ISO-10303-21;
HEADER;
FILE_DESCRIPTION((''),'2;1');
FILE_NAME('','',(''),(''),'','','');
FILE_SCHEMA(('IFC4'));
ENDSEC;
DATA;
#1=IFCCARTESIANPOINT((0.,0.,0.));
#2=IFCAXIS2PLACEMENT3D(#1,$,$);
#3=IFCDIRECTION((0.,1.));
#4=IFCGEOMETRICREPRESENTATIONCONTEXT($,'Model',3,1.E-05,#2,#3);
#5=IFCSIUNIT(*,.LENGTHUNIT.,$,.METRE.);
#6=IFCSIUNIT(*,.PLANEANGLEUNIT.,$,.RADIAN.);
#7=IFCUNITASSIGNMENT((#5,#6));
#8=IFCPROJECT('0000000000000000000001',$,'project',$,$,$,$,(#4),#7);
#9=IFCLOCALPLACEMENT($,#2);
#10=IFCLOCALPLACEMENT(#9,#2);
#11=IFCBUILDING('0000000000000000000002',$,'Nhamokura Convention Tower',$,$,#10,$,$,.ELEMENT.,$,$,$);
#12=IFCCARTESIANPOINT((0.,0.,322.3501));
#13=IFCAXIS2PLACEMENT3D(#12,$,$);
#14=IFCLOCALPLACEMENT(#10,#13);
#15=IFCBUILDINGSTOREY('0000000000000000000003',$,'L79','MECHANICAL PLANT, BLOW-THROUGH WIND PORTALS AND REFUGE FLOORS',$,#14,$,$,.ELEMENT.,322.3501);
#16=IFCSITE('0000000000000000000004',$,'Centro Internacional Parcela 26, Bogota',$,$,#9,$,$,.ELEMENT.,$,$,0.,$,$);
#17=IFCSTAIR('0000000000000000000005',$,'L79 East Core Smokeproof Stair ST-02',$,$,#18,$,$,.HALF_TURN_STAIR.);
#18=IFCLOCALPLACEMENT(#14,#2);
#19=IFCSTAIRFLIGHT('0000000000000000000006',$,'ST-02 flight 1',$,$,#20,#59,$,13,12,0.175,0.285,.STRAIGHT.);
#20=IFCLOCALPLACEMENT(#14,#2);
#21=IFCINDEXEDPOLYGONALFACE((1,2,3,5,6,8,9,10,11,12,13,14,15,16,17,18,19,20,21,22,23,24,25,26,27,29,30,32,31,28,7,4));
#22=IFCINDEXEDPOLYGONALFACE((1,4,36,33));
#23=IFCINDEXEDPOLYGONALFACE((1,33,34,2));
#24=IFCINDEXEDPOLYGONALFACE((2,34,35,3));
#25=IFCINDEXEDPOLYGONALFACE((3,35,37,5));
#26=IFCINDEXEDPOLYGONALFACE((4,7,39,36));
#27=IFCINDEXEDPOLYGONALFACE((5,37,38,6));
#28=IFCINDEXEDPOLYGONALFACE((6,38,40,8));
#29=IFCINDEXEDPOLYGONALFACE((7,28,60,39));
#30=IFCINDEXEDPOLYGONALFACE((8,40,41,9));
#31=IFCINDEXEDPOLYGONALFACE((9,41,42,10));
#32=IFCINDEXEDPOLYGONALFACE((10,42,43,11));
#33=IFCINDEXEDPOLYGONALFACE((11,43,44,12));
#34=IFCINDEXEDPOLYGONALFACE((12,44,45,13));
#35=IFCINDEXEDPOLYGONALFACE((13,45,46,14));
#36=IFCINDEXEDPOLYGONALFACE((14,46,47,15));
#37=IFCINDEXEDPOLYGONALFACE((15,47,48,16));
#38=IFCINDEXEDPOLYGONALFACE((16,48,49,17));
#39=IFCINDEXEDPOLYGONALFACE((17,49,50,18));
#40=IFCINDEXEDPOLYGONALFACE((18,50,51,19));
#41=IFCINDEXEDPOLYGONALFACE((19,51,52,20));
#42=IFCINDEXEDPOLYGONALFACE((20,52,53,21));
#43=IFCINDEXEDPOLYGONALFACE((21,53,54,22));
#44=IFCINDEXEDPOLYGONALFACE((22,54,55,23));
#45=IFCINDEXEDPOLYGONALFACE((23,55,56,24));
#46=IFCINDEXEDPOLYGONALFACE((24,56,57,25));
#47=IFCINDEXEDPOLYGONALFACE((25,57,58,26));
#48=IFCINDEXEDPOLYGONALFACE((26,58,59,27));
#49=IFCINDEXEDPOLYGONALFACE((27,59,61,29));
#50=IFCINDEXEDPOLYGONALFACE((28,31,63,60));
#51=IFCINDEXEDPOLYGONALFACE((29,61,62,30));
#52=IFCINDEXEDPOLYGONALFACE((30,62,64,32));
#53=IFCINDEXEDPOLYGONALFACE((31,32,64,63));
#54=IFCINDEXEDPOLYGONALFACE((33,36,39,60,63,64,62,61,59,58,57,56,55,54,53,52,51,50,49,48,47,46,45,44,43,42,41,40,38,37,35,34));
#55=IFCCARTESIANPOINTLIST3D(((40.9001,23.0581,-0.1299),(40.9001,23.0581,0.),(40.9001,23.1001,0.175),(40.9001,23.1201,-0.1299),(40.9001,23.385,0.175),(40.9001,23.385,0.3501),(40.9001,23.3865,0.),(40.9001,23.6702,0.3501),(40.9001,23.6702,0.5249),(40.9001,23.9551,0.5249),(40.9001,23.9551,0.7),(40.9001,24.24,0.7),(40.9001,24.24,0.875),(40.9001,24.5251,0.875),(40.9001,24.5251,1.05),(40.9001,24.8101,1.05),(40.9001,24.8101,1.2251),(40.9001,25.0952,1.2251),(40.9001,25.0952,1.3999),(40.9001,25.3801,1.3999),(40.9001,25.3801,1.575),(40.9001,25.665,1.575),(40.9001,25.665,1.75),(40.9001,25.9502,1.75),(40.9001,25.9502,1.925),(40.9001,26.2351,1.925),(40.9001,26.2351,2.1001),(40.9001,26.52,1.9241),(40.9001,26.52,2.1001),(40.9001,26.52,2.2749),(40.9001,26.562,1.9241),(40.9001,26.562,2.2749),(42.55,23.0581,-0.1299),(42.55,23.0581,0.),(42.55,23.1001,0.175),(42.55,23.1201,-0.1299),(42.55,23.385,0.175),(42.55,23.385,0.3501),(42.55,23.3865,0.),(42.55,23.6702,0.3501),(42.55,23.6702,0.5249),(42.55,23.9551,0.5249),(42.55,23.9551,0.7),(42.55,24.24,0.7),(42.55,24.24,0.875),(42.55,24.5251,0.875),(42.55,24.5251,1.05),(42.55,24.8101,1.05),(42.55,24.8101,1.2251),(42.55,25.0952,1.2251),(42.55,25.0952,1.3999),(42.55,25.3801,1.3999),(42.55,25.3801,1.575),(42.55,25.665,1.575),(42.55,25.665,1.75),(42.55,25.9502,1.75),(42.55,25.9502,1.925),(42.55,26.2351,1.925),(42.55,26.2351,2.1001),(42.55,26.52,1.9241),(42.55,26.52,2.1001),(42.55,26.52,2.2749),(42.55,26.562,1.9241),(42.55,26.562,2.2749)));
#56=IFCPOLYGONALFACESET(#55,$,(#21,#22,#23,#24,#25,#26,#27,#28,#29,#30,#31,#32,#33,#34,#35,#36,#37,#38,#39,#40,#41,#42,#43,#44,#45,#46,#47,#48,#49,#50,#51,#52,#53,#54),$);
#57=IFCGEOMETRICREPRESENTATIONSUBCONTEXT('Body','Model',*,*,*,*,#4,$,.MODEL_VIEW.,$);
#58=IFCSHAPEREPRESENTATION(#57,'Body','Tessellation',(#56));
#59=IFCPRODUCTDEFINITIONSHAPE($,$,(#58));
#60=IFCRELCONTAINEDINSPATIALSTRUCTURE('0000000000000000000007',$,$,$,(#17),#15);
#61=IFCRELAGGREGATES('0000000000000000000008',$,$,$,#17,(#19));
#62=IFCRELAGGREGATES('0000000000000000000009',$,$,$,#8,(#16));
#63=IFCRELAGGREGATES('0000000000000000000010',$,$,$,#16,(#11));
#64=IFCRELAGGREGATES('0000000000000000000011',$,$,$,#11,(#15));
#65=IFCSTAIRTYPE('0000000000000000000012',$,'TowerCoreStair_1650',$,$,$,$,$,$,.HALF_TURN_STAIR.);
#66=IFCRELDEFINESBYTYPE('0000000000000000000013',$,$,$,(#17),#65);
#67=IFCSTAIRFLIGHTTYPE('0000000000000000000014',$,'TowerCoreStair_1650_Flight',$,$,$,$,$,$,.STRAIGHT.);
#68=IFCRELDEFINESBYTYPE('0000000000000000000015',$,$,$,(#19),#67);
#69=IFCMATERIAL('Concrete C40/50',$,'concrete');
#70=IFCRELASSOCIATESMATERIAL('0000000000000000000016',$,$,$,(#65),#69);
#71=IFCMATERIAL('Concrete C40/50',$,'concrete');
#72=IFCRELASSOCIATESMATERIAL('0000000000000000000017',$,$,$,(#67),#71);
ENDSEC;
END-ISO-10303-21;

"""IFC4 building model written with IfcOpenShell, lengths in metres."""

from ifc_helpers import new_model, si_unit, direction, frame, origin, place, context, subcontext, project, spatial, polyline, outline, extrude, material, type_object, element, aggregate, save


model = new_model("IFC4")

# Units and contexts
model_context = context("Model", 3, precision=1e-05, world=origin(), true_north=direction((0.0, 1.0)))
body_context = subcontext(model_context, "Body", "Model", "MODEL_VIEW")
ifc_project = project(units=[si_unit("LENGTHUNIT", "METRE"), si_unit("PLANEANGLEUNIT", "RADIAN")], contexts=[model_context])

# Site, building, storey
site_placement = place(None, origin())
site = spatial("IfcSite", under=ifc_project, at=site_placement, Name="Centro Internacional Parcela 26, Bogota", CompositionType="ELEMENT", RefElevation=0.0)
building_placement = place(site_placement, origin())
building = spatial("IfcBuilding", under=site, at=building_placement, Name="Nhamokura Convention Tower", CompositionType="ELEMENT")
storey_placement = place(building_placement, frame((0.0, 0.0, 322.3501)))
storey = spatial("IfcBuildingStorey", under=building, at=storey_placement, Name="L79", Description="MECHANICAL PLANT, BLOW-THROUGH WIND PORTALS AND REFUGE FLOORS", CompositionType="ELEMENT", Elevation=322.3501)

# Stair, stair flight
ifc_material_1 = material(Name="Concrete C40/50", Category="concrete")
stair_type = type_object("IfcStairType", Name="TowerCoreStair_1650", PredefinedType="HALF_TURN_STAIR", material=ifc_material_1)
stair_placement = place(storey_placement, origin())
stair = element("IfcStair", 1, at=stair_placement, inside=storey, type_object=stair_type, Name="L79 East Core Smokeproof Stair ST-02", PredefinedType="HALF_TURN_STAIR")
ifc_material_2 = material(Name="Concrete C40/50", Category="concrete")
stair_flight_type = type_object("IfcStairFlightType", Name="TowerCoreStair_1650_Flight", PredefinedType="STRAIGHT", material=ifc_material_2)
stair_flight_placement = place(storey_placement, frame((41.7251, 23.1001, 0.0), z_axis=(0.0, 0.0, 1.0), x_axis=(0.0, 1.0, 0.0)))
stair_flight = element("IfcStairFlight", 2, at=stair_flight_placement, type_object=stair_flight_type, Name="ST-02 flight 1", NumberOfRisers=13, NumberOfTreads=12, PredefinedType="STRAIGHT", RiserHeight=0.175, TreadLength=0.285, context=body_context, shape_type="SweptSolid", body=[
    extrude(outline(polyline([(-0.042, 0.0), (0.0, 0.175), (0.2849, 0.175), (0.2849, 0.3501), (0.5701, 0.3501), (0.5701, 0.5249), (0.855, 0.5249), (0.855, 0.7), (1.1399, 0.7), (1.1399, 0.875), (1.425, 0.875), (1.425, 1.05), (1.71, 1.05), (1.71, 1.2251), (1.9951, 1.2251), (1.9951, 1.3999), (2.28, 1.3999), (2.28, 1.575), (2.5649, 1.575), (2.5649, 1.75), (2.8501, 1.75), (2.8501, 1.925), (3.135, 1.925), (3.135, 2.1001), (3.4199, 2.1001), (3.4199, 2.2749), (3.4619, 2.2749), (3.4619, 1.9241), (3.4199, 1.9241), (0.2864, 0.0), (0.02, -0.1299), (-0.042, -0.1299), (-0.042, 0.0)])), frame((0.0, 0.825, 0.0), z_axis=(0.0, -1.0, 0.0), x_axis=(1.0, 0.0, 0.0)), (0.0, 0.0, 1.0), 1.6499),
])
aggregate(stair, [stair_flight])

save(model, "model.ifc")
